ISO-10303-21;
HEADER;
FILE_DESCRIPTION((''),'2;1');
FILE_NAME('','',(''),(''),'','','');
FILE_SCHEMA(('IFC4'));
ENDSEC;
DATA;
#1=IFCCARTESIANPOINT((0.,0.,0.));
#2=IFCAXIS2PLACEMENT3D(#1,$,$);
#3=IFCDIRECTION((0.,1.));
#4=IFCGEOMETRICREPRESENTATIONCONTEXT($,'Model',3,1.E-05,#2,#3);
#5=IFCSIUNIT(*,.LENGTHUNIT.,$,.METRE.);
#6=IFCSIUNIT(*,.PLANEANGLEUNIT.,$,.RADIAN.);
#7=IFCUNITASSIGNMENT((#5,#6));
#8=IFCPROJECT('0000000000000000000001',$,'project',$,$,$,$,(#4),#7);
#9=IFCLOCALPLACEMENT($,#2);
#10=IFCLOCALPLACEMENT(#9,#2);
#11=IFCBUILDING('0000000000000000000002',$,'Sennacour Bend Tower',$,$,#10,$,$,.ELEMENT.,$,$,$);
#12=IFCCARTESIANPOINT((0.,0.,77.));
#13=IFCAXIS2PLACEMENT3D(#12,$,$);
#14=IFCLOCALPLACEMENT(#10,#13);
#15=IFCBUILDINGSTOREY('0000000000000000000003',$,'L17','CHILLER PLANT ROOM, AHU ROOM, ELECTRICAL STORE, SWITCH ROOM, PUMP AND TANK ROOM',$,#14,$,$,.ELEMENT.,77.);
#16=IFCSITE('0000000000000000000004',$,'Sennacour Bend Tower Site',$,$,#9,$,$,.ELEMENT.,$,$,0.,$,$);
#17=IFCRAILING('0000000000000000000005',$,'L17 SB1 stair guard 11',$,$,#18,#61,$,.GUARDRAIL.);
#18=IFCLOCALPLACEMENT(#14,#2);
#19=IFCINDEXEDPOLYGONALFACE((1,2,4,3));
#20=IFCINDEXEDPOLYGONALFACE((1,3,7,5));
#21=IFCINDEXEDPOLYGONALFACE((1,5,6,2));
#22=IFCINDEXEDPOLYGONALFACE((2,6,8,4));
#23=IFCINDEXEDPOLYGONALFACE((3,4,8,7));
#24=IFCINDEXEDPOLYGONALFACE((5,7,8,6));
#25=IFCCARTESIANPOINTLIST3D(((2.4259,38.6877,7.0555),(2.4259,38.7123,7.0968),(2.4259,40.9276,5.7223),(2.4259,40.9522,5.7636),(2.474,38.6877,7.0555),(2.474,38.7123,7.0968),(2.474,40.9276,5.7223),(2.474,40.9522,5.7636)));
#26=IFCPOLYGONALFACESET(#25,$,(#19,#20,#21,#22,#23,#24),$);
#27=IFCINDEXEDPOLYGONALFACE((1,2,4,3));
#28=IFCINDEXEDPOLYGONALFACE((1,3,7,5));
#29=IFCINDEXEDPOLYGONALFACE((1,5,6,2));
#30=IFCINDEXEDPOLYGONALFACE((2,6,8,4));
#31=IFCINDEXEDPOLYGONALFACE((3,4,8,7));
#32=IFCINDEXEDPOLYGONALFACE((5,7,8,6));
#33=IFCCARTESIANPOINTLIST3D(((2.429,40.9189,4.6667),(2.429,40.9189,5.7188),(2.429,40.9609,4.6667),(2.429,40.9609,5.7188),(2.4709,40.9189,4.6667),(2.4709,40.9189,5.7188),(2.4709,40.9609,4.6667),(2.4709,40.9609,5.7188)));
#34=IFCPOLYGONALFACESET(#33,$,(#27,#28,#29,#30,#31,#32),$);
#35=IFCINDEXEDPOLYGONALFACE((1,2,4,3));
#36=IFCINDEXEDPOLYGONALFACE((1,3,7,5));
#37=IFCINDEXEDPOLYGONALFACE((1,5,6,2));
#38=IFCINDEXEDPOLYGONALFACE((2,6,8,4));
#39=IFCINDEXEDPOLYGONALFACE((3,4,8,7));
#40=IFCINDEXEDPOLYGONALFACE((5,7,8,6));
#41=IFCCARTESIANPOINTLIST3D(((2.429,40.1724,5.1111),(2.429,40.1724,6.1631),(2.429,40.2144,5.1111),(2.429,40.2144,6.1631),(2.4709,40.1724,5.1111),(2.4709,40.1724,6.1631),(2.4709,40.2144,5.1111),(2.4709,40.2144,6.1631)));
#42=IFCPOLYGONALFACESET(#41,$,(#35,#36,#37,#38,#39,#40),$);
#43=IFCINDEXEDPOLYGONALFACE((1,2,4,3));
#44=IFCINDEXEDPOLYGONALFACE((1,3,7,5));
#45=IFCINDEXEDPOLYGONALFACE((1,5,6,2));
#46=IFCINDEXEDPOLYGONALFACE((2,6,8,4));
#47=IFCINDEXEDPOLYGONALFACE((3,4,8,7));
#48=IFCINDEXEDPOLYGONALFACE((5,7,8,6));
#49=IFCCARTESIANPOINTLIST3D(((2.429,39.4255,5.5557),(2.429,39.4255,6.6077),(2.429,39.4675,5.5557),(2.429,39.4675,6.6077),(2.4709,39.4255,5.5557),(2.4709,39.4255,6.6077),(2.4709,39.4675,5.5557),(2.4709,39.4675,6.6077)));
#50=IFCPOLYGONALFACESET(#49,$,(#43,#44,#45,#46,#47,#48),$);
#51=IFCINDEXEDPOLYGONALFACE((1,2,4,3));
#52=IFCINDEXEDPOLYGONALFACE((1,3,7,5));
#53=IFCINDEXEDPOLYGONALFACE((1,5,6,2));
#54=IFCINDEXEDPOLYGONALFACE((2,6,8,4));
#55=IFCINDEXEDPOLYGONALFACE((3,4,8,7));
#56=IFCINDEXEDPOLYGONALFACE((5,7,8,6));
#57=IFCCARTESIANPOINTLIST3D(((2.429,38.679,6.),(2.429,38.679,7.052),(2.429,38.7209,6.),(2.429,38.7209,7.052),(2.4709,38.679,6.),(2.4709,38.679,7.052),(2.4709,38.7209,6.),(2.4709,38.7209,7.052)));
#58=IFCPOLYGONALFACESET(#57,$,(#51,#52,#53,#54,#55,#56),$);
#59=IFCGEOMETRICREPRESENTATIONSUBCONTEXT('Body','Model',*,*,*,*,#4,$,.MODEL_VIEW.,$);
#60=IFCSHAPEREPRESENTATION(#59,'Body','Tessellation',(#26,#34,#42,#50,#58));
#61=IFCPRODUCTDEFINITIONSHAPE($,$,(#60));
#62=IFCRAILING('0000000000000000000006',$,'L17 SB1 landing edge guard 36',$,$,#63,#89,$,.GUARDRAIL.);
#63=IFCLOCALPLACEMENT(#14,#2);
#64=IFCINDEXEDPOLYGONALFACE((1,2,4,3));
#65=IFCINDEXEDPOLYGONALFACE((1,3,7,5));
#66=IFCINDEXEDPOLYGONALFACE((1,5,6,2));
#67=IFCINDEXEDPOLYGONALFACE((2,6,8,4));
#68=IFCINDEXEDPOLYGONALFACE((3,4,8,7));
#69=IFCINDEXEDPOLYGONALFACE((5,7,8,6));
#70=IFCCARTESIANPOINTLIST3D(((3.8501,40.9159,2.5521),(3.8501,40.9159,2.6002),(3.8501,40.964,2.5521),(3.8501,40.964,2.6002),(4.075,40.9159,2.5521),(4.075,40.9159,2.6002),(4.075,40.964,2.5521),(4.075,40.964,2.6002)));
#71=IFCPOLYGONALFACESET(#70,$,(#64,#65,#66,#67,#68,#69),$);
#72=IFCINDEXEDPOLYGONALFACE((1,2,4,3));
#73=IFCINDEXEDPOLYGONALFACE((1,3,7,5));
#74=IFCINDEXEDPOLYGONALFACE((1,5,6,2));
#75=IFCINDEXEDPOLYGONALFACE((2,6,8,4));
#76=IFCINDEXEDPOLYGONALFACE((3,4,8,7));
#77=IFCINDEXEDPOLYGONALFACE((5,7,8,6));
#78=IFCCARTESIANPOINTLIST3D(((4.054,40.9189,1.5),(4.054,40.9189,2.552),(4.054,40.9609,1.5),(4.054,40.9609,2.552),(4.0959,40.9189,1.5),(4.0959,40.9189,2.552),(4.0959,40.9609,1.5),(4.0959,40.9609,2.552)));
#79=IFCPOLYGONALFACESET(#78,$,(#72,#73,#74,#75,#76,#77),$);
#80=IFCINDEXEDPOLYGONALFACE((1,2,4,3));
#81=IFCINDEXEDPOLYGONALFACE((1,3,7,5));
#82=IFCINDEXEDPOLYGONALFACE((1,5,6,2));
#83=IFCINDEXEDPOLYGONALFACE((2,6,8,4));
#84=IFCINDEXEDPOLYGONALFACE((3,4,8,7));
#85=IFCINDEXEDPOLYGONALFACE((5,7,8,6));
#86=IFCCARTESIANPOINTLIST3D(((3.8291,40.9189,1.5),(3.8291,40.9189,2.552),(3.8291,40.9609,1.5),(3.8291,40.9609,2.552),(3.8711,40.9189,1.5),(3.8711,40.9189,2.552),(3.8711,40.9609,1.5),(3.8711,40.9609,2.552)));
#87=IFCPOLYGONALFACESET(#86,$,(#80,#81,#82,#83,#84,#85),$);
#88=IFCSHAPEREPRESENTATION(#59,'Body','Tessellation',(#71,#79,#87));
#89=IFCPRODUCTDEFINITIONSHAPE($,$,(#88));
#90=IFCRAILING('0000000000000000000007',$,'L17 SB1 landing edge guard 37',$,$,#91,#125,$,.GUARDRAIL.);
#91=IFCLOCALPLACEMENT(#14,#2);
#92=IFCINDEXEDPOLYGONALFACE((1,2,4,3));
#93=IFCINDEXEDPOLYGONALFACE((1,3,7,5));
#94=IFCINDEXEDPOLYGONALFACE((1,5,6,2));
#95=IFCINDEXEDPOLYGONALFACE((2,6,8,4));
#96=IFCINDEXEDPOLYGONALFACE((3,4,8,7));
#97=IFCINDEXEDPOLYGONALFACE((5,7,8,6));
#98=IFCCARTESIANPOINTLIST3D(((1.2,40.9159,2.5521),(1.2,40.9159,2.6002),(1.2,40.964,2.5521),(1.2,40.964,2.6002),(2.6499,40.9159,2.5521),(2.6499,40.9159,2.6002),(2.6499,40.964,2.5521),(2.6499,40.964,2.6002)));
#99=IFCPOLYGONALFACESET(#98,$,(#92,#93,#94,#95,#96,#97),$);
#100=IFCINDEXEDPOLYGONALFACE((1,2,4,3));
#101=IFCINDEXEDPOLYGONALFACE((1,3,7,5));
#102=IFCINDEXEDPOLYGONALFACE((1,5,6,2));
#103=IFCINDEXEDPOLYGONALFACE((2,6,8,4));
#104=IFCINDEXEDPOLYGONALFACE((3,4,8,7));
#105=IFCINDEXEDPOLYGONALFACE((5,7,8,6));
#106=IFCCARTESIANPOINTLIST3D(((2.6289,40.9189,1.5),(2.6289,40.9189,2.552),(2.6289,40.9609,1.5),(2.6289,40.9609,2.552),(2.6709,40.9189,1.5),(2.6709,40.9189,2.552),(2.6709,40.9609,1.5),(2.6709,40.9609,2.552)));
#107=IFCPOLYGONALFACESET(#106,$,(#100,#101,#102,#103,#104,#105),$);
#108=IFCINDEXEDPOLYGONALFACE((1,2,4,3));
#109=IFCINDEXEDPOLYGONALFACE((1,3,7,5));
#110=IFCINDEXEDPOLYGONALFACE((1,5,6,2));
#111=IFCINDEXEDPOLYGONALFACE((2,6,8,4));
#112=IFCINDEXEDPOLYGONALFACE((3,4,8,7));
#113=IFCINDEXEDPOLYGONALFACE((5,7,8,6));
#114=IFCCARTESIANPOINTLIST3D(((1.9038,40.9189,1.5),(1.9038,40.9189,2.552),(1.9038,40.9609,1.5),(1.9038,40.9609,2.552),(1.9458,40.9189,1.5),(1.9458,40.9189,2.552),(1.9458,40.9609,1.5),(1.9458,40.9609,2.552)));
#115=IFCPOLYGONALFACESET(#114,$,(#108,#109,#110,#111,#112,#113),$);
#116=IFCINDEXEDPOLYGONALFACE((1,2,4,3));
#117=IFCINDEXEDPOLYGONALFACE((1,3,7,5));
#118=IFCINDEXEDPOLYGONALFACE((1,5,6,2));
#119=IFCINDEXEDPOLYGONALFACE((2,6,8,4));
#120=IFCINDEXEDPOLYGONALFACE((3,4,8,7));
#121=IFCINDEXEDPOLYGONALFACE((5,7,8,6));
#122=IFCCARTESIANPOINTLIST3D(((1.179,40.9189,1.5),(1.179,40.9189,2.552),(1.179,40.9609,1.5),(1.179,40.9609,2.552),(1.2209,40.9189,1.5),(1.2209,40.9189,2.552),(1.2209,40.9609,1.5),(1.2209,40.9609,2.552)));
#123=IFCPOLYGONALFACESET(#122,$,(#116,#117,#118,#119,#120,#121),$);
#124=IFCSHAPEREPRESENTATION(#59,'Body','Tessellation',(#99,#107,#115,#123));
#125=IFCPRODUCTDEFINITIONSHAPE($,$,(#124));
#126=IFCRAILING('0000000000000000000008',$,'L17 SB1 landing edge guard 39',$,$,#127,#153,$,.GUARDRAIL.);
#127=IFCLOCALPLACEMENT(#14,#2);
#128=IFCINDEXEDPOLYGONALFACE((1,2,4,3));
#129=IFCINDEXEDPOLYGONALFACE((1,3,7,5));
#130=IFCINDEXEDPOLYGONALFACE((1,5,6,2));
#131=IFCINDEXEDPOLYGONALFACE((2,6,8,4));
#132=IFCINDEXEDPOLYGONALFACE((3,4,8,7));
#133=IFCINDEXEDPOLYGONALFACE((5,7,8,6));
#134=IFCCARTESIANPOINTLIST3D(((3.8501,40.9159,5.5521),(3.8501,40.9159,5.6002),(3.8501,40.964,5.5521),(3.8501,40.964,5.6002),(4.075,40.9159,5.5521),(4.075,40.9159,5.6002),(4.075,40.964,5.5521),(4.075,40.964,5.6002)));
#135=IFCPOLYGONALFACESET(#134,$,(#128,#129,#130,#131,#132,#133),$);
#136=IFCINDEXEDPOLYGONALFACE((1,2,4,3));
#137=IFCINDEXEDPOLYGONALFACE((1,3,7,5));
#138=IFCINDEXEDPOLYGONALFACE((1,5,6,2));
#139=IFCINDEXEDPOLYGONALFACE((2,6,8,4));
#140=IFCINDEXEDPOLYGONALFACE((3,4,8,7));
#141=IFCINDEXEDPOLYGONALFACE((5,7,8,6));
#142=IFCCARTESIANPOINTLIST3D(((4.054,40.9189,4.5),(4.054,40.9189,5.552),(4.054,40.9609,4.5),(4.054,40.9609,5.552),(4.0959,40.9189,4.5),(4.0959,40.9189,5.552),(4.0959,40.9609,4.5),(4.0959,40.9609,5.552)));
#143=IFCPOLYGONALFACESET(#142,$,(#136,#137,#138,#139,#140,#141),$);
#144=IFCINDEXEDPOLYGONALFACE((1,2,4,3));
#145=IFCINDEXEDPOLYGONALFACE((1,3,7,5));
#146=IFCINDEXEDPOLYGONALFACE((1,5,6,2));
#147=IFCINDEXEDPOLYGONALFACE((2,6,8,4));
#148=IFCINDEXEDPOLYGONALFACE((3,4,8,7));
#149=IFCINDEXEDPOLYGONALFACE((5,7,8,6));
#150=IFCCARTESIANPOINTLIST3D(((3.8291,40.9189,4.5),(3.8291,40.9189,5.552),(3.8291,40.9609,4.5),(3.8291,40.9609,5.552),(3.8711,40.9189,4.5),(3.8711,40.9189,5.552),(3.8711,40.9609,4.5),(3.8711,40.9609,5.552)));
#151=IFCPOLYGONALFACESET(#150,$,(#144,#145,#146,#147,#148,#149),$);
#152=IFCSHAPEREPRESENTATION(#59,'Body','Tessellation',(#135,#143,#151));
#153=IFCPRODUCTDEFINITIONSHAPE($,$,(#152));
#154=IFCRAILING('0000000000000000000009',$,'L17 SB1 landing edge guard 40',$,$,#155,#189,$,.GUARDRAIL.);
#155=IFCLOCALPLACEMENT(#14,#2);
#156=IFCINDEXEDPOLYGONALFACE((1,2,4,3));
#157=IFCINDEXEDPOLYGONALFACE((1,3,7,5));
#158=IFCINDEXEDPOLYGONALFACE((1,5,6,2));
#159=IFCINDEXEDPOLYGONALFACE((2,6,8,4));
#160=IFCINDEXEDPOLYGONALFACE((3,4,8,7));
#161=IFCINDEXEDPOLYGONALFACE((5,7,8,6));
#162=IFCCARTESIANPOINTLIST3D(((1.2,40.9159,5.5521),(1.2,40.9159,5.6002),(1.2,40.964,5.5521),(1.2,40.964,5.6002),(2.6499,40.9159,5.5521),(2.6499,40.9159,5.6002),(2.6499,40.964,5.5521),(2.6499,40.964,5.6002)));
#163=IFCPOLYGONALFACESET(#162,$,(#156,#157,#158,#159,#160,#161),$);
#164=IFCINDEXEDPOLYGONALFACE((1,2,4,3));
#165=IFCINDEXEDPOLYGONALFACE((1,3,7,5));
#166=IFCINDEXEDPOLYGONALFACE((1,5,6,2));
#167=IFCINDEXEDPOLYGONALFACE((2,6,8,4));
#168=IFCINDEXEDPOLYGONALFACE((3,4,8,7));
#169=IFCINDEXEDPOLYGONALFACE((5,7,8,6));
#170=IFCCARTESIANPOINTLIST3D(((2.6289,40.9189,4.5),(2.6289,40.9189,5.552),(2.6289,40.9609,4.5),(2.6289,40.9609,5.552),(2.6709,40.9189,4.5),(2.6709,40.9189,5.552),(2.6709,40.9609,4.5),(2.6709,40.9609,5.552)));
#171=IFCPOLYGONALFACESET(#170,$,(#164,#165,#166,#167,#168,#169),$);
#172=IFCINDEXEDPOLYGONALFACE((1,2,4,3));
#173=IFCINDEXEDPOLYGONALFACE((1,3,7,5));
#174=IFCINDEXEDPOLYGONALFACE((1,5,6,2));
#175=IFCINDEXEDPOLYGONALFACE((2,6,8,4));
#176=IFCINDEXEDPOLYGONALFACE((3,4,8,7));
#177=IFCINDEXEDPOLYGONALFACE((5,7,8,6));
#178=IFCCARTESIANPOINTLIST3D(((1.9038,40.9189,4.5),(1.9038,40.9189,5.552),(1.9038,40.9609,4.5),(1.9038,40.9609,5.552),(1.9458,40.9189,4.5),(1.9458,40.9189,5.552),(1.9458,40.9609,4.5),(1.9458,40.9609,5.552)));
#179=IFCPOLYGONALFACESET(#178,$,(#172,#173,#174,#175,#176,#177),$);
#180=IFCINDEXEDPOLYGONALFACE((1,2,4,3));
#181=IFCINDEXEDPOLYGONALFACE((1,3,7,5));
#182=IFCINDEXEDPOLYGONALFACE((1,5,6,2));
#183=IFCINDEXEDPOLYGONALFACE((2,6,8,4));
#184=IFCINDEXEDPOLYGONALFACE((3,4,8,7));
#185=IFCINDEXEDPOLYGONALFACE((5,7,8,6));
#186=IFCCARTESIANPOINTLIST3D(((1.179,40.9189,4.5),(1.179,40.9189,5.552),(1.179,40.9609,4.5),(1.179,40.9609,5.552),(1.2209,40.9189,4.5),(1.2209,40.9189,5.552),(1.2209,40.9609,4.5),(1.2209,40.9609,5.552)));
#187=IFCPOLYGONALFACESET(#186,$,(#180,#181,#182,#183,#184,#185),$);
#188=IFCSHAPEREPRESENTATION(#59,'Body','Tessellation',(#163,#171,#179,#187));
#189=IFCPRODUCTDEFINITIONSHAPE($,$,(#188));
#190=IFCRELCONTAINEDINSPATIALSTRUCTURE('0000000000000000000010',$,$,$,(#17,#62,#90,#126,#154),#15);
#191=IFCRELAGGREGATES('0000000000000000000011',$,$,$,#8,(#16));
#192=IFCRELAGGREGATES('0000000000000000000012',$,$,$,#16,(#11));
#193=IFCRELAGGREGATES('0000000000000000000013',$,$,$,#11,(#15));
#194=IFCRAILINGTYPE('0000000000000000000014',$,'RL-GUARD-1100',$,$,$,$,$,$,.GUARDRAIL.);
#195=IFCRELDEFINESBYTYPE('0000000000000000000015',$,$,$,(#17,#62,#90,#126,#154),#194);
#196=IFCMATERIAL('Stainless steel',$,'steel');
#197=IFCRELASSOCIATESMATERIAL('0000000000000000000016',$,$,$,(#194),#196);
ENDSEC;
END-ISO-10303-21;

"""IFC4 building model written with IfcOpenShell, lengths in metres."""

from ifc_helpers import new_model, si_unit, direction, frame, origin, origin_2d, place, context, subcontext, project, spatial, rectangle, extrude, material, type_object, element, save


model = new_model("IFC4")

# Units and contexts
model_context = context("Model", 3, precision=1e-05, world=origin(), true_north=direction((0.0, 1.0)))
body_context = subcontext(model_context, "Body", "Model", "MODEL_VIEW")
ifc_project = project(units=[si_unit("LENGTHUNIT", "METRE"), si_unit("PLANEANGLEUNIT", "RADIAN")], contexts=[model_context])

# Site, building, storey
site_placement = place(None, origin())
site = spatial("IfcSite", under=ifc_project, at=site_placement, Name="Sennacour Bend Tower Site", CompositionType="ELEMENT", RefElevation=0.0)
building_placement = place(site_placement, origin())
building = spatial("IfcBuilding", under=site, at=building_placement, Name="Sennacour Bend Tower", CompositionType="ELEMENT")
storey_placement = place(building_placement, frame((0.0, 0.0, 77.0)))
storey = spatial("IfcBuildingStorey", under=building, at=storey_placement, Name="L17", Description="CHILLER PLANT ROOM, AHU ROOM, ELECTRICAL STORE, SWITCH ROOM, PUMP AND TANK ROOM", CompositionType="ELEMENT", Elevation=77.0)

# Railings
ifc_material_1 = material(Name="Stainless steel", Category="steel")
railing_type = type_object("IfcRailingType", Name="RL-GUARD-1100", PredefinedType="GUARDRAIL", material=ifc_material_1)
railing_1_placement = place(storey_placement, frame((2.45, 40.9399, 4.6667)))
element("IfcRailing", 1, at=railing_1_placement, inside=storey, type_object=railing_type, Name="L17 SB1 stair guard 11", PredefinedType="GUARDRAIL", context=body_context, shape_type="SweptSolid", body=[
    extrude(rectangle(XDim=0.0481, YDim=0.0481, at=origin_2d()), frame((0.0, 0.0, 1.0762), z_axis=(0.0, -0.859306, 0.511462), x_axis=(1.0, 0.0, 0.0)), (0.0, 0.0, 1.0), 2.6067),
    extrude(rectangle(XDim=0.042, YDim=0.042, at=origin_2d()), origin(), (0.0, 0.0, 1.0), 1.052),
    extrude(rectangle(XDim=0.042, YDim=0.042, at=origin_2d()), frame((0.0, -0.7466, 0.4443)), (0.0, 0.0, 1.0), 1.052),
    extrude(rectangle(XDim=0.042, YDim=0.042, at=origin_2d()), frame((0.0, -1.4934, 0.8889)), (0.0, 0.0, 1.0), 1.052),
    extrude(rectangle(XDim=0.042, YDim=0.042, at=origin_2d()), frame((0.0, -2.24, 1.3333)), (0.0, 0.0, 1.0), 1.052),
])
railing_2_placement = place(storey_placement, frame((4.075, 40.9399, 1.5)))
element("IfcRailing", 2, at=railing_2_placement, inside=storey, type_object=railing_type, Name="L17 SB1 landing edge guard 36", PredefinedType="GUARDRAIL", context=body_context, shape_type="SweptSolid", body=[
    extrude(rectangle(XDim=0.0481, YDim=0.0481, at=origin_2d()), frame((0.0, 0.0, 1.0762), z_axis=(-1.0, 0.0, 0.0), x_axis=(0.0, -1.0, 0.0)), (0.0, 0.0, 1.0), 0.2249),
    extrude(rectangle(XDim=0.042, YDim=0.042, at=origin_2d()), origin(), (0.0, 0.0, 1.0), 1.052),
    extrude(rectangle(XDim=0.042, YDim=0.042, at=origin_2d()), frame((-0.2249, 0.0, 0.0)), (0.0, 0.0, 1.0), 1.052),
])
railing_3_placement = place(storey_placement, frame((2.6499, 40.9399, 1.5)))
element("IfcRailing", 3, at=railing_3_placement, inside=storey, type_object=railing_type, Name="L17 SB1 landing edge guard 37", PredefinedType="GUARDRAIL", context=body_context, shape_type="SweptSolid", body=[
    extrude(rectangle(XDim=0.0481, YDim=0.0481, at=origin_2d()), frame((0.0, 0.0, 1.0762), z_axis=(-1.0, 0.0, 0.0), x_axis=(0.0, -1.0, 0.0)), (0.0, 0.0, 1.0), 1.45),
    extrude(rectangle(XDim=0.042, YDim=0.042, at=origin_2d()), origin(), (0.0, 0.0, 1.0), 1.052),
    extrude(rectangle(XDim=0.042, YDim=0.042, at=origin_2d()), frame((-0.7251, 0.0, 0.0)), (0.0, 0.0, 1.0), 1.052),
    extrude(rectangle(XDim=0.042, YDim=0.042, at=origin_2d()), frame((-1.45, 0.0, 0.0)), (0.0, 0.0, 1.0), 1.052),
])
railing_4_placement = place(storey_placement, frame((4.075, 40.9399, 4.5)))
element("IfcRailing", 4, at=railing_4_placement, inside=storey, type_object=railing_type, Name="L17 SB1 landing edge guard 39", PredefinedType="GUARDRAIL", context=body_context, shape_type="SweptSolid", body=[
    extrude(rectangle(XDim=0.0481, YDim=0.0481, at=origin_2d()), frame((0.0, 0.0, 1.0762), z_axis=(-1.0, 0.0, 0.0), x_axis=(0.0, -1.0, 0.0)), (0.0, 0.0, 1.0), 0.2249),
    extrude(rectangle(XDim=0.042, YDim=0.042, at=origin_2d()), origin(), (0.0, 0.0, 1.0), 1.052),
    extrude(rectangle(XDim=0.042, YDim=0.042, at=origin_2d()), frame((-0.2249, 0.0, 0.0)), (0.0, 0.0, 1.0), 1.052),
])
railing_5_placement = place(storey_placement, frame((2.6499, 40.9399, 4.5)))
element("IfcRailing", 5, at=railing_5_placement, inside=storey, type_object=railing_type, Name="L17 SB1 landing edge guard 40", PredefinedType="GUARDRAIL", context=body_context, shape_type="SweptSolid", body=[
    extrude(rectangle(XDim=0.0481, YDim=0.0481, at=origin_2d()), frame((0.0, 0.0, 1.0762), z_axis=(-1.0, 0.0, 0.0), x_axis=(0.0, -1.0, 0.0)), (0.0, 0.0, 1.0), 1.45),
    extrude(rectangle(XDim=0.042, YDim=0.042, at=origin_2d()), origin(), (0.0, 0.0, 1.0), 1.052),
    extrude(rectangle(XDim=0.042, YDim=0.042, at=origin_2d()), frame((-0.7251, 0.0, 0.0)), (0.0, 0.0, 1.0), 1.052),
    extrude(rectangle(XDim=0.042, YDim=0.042, at=origin_2d()), frame((-1.45, 0.0, 0.0)), (0.0, 0.0, 1.0), 1.052),
])

save(model, "model.ifc")
